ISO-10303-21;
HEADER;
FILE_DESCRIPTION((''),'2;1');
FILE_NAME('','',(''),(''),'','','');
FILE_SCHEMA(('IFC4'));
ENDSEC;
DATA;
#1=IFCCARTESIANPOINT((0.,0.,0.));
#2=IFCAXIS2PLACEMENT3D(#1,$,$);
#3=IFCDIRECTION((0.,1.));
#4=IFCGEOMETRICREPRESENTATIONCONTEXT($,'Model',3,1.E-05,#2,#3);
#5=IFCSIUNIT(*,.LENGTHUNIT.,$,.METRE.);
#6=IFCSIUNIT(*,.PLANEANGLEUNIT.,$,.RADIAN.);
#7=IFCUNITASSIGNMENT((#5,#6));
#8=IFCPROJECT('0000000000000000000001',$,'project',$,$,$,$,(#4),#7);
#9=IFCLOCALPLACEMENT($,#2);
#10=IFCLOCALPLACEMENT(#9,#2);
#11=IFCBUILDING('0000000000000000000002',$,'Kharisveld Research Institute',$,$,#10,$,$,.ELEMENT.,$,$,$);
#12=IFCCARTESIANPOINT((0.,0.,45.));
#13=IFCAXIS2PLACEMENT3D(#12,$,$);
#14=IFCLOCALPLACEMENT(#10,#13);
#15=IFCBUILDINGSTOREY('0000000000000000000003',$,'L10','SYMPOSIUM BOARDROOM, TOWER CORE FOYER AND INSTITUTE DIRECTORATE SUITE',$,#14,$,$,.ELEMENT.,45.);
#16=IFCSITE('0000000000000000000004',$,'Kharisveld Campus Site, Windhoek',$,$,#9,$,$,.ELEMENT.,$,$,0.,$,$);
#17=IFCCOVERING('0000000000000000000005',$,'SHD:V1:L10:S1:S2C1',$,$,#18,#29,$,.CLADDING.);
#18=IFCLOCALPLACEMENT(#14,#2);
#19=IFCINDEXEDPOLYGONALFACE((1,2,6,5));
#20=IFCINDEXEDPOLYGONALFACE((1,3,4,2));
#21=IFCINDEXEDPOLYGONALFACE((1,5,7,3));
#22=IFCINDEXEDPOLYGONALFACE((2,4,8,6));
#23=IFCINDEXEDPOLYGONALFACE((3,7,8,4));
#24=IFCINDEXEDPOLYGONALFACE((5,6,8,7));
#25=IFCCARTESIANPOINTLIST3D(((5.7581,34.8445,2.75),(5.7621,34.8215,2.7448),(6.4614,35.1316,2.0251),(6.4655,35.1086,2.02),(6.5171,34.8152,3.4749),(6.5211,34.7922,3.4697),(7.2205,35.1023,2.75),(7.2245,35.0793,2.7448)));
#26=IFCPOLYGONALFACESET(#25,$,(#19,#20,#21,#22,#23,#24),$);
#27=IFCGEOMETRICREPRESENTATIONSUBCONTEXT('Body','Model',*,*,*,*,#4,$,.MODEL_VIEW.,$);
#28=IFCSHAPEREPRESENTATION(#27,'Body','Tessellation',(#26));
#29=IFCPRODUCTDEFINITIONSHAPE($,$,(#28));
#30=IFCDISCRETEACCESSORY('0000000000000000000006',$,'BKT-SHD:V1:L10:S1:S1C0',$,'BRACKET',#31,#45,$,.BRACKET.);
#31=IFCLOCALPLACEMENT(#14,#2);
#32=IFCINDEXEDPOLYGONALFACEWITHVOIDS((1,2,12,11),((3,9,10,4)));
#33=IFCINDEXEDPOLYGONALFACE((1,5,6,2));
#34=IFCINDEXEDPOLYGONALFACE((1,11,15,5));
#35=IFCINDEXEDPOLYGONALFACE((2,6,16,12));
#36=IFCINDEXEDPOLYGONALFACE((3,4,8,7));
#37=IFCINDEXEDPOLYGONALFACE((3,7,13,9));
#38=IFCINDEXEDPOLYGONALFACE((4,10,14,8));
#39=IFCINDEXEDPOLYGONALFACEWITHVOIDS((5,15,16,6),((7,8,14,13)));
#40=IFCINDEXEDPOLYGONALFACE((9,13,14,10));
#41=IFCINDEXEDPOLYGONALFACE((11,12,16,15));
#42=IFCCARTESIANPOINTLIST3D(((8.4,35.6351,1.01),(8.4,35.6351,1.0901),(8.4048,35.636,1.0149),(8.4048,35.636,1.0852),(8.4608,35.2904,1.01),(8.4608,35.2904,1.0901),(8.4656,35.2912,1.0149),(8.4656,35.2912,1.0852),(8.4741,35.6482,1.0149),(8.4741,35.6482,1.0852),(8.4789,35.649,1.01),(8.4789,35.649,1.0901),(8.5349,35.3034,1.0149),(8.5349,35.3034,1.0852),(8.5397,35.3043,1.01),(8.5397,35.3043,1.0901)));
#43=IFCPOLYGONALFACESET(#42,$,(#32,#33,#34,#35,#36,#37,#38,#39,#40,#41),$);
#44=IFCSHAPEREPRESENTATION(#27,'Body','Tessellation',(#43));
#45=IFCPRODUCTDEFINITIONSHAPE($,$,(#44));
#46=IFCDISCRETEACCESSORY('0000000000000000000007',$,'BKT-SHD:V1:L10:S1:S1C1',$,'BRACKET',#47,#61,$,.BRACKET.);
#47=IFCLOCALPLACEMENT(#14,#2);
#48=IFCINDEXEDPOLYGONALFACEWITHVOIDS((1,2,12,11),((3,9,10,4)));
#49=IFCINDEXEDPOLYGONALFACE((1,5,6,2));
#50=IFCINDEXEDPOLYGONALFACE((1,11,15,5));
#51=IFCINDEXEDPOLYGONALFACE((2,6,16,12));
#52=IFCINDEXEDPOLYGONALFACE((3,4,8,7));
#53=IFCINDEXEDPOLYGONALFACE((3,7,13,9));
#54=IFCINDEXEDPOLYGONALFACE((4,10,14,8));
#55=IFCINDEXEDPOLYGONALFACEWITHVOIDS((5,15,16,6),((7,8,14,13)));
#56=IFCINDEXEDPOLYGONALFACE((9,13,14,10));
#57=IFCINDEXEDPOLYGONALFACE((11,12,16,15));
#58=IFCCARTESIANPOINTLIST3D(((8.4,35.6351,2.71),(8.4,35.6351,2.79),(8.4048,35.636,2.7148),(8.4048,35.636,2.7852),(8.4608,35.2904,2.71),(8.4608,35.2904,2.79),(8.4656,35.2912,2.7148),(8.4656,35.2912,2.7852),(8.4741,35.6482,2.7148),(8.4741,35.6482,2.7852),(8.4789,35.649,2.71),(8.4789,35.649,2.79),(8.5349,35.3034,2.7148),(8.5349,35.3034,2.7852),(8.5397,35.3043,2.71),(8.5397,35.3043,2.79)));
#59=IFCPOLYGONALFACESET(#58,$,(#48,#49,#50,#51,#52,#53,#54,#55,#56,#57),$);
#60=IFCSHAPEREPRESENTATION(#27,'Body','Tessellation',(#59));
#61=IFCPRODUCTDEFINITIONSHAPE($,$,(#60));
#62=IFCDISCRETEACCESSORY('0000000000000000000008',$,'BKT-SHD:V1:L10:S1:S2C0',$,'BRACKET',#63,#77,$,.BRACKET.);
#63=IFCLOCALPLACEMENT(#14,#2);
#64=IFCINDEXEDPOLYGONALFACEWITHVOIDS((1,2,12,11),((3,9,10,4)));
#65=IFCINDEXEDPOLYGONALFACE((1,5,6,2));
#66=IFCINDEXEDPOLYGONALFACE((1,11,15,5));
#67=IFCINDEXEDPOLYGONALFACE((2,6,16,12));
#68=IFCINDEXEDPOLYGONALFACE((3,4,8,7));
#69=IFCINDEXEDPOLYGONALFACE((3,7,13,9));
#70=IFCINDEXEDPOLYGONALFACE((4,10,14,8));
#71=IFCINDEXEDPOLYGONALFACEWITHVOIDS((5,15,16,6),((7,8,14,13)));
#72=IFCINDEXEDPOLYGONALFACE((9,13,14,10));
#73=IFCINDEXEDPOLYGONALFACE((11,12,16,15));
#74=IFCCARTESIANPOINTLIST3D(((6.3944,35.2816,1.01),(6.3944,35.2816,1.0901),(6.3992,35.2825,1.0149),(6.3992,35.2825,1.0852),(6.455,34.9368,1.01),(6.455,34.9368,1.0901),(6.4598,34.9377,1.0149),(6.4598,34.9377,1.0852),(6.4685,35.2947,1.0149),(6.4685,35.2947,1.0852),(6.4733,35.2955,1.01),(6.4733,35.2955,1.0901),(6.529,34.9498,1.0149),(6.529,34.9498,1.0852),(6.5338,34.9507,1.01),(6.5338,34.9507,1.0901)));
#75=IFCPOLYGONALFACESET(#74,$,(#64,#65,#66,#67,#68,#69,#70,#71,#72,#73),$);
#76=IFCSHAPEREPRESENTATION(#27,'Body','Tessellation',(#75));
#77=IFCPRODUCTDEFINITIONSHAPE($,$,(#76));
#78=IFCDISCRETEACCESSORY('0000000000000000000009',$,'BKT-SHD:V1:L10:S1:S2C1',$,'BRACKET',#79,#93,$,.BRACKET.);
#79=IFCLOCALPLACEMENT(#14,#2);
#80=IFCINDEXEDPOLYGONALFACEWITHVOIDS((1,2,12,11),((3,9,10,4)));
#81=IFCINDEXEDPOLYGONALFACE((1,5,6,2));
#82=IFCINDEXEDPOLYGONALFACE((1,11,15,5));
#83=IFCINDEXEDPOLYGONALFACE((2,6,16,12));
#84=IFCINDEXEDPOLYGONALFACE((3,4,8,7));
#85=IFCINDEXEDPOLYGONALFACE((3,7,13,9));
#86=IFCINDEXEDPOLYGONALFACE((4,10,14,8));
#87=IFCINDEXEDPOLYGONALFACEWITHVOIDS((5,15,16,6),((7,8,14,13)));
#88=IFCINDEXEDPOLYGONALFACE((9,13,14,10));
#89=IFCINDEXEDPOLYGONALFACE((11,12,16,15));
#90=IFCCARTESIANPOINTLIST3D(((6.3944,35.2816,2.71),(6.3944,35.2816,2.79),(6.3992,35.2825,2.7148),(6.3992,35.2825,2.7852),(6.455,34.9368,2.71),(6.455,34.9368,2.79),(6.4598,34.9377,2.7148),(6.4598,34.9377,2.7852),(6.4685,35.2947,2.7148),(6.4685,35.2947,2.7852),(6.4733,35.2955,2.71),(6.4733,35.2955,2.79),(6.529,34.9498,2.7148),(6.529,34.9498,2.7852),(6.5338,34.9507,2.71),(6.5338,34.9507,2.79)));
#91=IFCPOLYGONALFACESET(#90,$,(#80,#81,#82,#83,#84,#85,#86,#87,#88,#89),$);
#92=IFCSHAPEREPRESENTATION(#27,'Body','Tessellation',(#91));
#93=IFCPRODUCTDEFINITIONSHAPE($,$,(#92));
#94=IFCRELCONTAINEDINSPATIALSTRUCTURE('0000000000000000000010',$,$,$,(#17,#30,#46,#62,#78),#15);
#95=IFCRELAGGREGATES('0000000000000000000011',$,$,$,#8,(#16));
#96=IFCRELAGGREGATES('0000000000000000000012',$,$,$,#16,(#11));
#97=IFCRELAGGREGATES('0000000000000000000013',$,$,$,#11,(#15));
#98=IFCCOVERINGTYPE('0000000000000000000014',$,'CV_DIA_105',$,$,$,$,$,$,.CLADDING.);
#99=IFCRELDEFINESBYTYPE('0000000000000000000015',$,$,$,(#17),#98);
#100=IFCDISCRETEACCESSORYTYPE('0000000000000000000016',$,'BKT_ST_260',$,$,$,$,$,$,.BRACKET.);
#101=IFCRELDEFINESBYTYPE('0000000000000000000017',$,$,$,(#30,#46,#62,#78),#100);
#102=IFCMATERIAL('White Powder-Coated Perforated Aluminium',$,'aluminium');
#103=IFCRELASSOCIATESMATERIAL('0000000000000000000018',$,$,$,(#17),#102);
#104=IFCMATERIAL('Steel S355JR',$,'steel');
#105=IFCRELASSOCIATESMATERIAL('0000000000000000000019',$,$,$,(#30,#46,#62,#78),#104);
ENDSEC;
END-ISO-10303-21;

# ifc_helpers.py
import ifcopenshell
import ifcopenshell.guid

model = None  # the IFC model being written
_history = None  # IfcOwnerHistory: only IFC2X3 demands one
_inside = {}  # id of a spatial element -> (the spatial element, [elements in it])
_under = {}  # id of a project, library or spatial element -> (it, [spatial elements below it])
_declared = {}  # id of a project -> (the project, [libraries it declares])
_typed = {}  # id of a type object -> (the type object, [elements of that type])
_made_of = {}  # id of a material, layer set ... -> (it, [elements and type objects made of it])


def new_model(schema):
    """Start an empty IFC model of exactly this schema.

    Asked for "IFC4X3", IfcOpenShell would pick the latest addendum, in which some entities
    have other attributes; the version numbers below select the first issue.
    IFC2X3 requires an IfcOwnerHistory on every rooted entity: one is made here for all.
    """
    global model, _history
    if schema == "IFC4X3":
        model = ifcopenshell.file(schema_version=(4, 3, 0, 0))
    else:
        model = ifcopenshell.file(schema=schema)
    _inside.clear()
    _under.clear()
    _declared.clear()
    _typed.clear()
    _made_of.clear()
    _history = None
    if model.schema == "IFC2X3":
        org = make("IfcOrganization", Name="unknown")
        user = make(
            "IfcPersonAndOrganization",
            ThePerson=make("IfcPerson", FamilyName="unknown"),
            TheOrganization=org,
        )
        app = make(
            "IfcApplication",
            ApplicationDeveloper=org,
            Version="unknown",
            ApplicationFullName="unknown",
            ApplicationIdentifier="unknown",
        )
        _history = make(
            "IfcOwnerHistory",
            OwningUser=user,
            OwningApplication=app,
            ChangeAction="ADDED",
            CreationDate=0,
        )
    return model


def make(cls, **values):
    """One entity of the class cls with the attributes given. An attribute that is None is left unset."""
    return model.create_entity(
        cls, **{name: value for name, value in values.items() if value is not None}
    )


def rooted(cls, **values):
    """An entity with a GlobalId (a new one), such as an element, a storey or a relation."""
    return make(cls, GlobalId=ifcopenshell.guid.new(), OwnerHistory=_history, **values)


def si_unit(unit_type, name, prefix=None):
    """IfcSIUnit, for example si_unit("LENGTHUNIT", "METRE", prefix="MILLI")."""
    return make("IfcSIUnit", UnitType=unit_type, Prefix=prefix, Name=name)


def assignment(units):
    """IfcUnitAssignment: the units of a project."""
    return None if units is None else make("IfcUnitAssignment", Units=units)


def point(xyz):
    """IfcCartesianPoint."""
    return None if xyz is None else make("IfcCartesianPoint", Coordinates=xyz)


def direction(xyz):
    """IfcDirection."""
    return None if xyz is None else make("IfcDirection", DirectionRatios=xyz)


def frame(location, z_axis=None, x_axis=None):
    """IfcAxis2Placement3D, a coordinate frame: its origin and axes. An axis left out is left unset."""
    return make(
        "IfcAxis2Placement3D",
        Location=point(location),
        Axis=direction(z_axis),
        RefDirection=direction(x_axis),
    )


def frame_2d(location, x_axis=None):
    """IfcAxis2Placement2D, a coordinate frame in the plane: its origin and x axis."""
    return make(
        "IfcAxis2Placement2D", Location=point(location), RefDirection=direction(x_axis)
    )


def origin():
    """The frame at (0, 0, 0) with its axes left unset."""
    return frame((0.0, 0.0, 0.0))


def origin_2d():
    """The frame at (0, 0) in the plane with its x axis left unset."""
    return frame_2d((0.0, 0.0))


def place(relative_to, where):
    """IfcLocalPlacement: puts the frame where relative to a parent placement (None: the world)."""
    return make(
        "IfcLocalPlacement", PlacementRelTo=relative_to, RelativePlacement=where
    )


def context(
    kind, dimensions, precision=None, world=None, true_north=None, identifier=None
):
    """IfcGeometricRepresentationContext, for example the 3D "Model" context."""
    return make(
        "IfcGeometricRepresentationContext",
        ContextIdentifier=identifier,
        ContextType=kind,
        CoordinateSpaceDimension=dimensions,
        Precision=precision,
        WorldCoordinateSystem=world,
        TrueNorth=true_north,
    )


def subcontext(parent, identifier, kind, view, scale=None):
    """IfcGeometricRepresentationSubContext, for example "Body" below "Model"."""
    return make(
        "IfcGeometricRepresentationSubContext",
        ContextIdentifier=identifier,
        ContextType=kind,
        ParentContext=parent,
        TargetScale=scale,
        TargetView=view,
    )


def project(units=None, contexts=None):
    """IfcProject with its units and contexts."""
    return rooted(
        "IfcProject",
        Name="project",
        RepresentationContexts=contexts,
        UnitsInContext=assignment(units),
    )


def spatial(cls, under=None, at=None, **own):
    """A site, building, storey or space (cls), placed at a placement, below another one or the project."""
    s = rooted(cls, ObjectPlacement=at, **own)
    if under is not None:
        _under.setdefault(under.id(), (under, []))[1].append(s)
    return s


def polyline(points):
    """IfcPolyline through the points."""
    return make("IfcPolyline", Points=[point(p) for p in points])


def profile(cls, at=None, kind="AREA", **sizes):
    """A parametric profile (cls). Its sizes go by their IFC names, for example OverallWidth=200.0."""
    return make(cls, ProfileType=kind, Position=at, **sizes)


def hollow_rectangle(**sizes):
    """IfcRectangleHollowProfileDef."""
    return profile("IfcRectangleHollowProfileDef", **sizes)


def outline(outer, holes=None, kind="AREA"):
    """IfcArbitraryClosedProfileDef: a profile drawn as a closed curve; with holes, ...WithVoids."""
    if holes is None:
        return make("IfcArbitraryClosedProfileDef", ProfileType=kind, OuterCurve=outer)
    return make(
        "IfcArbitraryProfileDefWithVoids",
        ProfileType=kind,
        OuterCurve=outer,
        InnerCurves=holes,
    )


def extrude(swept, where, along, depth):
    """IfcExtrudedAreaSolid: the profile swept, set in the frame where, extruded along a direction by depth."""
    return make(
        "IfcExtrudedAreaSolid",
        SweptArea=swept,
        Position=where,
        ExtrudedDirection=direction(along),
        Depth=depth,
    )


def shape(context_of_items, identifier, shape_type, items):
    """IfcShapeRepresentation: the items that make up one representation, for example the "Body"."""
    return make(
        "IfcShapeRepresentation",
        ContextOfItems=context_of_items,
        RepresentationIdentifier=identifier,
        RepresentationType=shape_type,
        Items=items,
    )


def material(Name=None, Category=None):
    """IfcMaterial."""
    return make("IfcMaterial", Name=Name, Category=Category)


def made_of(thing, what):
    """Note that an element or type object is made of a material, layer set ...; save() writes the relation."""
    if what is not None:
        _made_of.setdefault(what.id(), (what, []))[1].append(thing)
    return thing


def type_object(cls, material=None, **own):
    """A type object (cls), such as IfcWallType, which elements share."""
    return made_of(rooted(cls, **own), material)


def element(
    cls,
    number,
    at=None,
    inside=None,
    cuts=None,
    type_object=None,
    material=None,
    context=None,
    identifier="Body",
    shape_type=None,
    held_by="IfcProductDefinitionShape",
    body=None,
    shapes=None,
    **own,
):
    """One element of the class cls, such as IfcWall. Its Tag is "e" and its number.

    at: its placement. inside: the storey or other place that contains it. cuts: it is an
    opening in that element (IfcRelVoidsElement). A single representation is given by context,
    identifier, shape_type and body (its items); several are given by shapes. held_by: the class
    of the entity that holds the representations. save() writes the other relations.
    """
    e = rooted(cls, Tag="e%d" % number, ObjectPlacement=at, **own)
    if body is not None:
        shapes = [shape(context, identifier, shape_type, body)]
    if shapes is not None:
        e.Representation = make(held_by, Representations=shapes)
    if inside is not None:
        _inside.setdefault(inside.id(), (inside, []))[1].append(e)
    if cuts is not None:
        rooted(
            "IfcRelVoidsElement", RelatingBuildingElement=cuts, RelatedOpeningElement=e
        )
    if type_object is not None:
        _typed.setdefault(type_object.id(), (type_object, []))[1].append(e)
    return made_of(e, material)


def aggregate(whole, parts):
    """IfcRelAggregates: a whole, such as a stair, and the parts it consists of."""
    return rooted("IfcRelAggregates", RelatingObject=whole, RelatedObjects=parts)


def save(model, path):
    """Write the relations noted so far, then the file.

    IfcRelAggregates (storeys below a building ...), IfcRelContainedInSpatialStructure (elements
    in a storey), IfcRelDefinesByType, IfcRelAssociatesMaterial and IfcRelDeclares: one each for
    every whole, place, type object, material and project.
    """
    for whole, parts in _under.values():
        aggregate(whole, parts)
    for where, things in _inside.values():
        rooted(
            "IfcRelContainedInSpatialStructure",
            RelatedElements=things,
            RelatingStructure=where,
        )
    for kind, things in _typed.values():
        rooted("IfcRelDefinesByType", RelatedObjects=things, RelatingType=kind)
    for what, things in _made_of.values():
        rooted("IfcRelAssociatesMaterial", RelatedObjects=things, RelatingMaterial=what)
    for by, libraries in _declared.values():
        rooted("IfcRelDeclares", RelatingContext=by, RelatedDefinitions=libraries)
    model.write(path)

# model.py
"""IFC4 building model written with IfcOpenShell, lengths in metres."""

from ifc_helpers import new_model, si_unit, direction, frame, origin, origin_2d, place, context, subcontext, project, spatial, polyline, hollow_rectangle, outline, extrude, material, type_object, element, save


model = new_model("IFC4")

# Units and contexts
model_context = context("Model", 3, precision=1e-05, world=origin(), true_north=direction((0.0, 1.0)))
body_context = subcontext(model_context, "Body", "Model", "MODEL_VIEW")
ifc_project = project(units=[si_unit("LENGTHUNIT", "METRE"), si_unit("PLANEANGLEUNIT", "RADIAN")], contexts=[model_context])

# Site, building, storey
site_placement = place(None, origin())
site = spatial("IfcSite", under=ifc_project, at=site_placement, Name="Kharisveld Campus Site, Windhoek", CompositionType="ELEMENT", RefElevation=0.0)
building_placement = place(site_placement, origin())
building = spatial("IfcBuilding", under=site, at=building_placement, Name="Kharisveld Research Institute", CompositionType="ELEMENT")
storey_placement = place(building_placement, frame((0.0, 0.0, 45.0)))
storey = spatial("IfcBuildingStorey", under=building, at=storey_placement, Name="L10", Description="SYMPOSIUM BOARDROOM, TOWER CORE FOYER AND INSTITUTE DIRECTORATE SUITE", CompositionType="ELEMENT", Elevation=45.0)

# Covering
ifc_material_1 = material(Name="White Powder-Coated Perforated Aluminium", Category="aluminium")
covering_type_1 = type_object("IfcCoveringType", Name="CV_DIA_105", PredefinedType="CLADDING")
for number, where, z_axis, x_axis, name in (
    (1, (6.4614, 35.1316, 2.0251), (-0.169504, 0.961487, 0.216358), (-0.669853, -0.273429, 0.690314), "SHD:V1:L10:S1:S2C1"),
):
    element("IfcCovering", number, at=place(storey_placement, frame(where, z_axis=z_axis, x_axis=x_axis)), inside=storey, type_object=covering_type_1, material=ifc_material_1, Name=name, PredefinedType="CLADDING", context=body_context, shape_type="SweptSolid", body=[
        extrude(outline(polyline([(0.0, 0.0), (1.05, 0.0), (1.05, 1.05), (-0.0001, 1.05), (0.0, 0.0)])), origin(), (0.0, 0.0, -1.0), 0.0239),
    ])

# Discrete accessories
ifc_material_2 = material(Name="Steel S355JR", Category="steel")
discrete_accessory_type = type_object("IfcDiscreteAccessoryType", Name="BKT_ST_260", PredefinedType="BRACKET")
for number, where, z_axis, x_axis, name in (
    (2, (8.4395, 35.6421, 1.05), (0.173666, -0.984805, 0.0), (0.984805, 0.173666, 0.0), "BKT-SHD:V1:L10:S1:S1C0"),
    (3, (8.4395, 35.6421, 2.75), (0.173666, -0.984805, 0.0), (0.984805, 0.173666, 0.0), "BKT-SHD:V1:L10:S1:S1C1"),
    (4, (6.4338, 35.2886, 1.05), (0.172989, -0.984924, 0.0), (0.984924, 0.172989, 0.0), "BKT-SHD:V1:L10:S1:S2C0"),
    (5, (6.4338, 35.2886, 2.75), (0.172989, -0.984924, 0.0), (0.984924, 0.172989, 0.0), "BKT-SHD:V1:L10:S1:S2C1"),
):
    element("IfcDiscreteAccessory", number, at=place(storey_placement, frame(where, z_axis=z_axis, x_axis=x_axis)), inside=storey, type_object=discrete_accessory_type, material=ifc_material_2, Name=name, ObjectType="BRACKET", PredefinedType="BRACKET", context=body_context, shape_type="SweptSolid", body=[
        extrude(hollow_rectangle(XDim=0.0801, YDim=0.0801, WallThickness=0.0049, at=origin_2d()), origin(), (0.0, 0.0, 1.0), 0.3501),
    ])

save(model, "model.ifc")
